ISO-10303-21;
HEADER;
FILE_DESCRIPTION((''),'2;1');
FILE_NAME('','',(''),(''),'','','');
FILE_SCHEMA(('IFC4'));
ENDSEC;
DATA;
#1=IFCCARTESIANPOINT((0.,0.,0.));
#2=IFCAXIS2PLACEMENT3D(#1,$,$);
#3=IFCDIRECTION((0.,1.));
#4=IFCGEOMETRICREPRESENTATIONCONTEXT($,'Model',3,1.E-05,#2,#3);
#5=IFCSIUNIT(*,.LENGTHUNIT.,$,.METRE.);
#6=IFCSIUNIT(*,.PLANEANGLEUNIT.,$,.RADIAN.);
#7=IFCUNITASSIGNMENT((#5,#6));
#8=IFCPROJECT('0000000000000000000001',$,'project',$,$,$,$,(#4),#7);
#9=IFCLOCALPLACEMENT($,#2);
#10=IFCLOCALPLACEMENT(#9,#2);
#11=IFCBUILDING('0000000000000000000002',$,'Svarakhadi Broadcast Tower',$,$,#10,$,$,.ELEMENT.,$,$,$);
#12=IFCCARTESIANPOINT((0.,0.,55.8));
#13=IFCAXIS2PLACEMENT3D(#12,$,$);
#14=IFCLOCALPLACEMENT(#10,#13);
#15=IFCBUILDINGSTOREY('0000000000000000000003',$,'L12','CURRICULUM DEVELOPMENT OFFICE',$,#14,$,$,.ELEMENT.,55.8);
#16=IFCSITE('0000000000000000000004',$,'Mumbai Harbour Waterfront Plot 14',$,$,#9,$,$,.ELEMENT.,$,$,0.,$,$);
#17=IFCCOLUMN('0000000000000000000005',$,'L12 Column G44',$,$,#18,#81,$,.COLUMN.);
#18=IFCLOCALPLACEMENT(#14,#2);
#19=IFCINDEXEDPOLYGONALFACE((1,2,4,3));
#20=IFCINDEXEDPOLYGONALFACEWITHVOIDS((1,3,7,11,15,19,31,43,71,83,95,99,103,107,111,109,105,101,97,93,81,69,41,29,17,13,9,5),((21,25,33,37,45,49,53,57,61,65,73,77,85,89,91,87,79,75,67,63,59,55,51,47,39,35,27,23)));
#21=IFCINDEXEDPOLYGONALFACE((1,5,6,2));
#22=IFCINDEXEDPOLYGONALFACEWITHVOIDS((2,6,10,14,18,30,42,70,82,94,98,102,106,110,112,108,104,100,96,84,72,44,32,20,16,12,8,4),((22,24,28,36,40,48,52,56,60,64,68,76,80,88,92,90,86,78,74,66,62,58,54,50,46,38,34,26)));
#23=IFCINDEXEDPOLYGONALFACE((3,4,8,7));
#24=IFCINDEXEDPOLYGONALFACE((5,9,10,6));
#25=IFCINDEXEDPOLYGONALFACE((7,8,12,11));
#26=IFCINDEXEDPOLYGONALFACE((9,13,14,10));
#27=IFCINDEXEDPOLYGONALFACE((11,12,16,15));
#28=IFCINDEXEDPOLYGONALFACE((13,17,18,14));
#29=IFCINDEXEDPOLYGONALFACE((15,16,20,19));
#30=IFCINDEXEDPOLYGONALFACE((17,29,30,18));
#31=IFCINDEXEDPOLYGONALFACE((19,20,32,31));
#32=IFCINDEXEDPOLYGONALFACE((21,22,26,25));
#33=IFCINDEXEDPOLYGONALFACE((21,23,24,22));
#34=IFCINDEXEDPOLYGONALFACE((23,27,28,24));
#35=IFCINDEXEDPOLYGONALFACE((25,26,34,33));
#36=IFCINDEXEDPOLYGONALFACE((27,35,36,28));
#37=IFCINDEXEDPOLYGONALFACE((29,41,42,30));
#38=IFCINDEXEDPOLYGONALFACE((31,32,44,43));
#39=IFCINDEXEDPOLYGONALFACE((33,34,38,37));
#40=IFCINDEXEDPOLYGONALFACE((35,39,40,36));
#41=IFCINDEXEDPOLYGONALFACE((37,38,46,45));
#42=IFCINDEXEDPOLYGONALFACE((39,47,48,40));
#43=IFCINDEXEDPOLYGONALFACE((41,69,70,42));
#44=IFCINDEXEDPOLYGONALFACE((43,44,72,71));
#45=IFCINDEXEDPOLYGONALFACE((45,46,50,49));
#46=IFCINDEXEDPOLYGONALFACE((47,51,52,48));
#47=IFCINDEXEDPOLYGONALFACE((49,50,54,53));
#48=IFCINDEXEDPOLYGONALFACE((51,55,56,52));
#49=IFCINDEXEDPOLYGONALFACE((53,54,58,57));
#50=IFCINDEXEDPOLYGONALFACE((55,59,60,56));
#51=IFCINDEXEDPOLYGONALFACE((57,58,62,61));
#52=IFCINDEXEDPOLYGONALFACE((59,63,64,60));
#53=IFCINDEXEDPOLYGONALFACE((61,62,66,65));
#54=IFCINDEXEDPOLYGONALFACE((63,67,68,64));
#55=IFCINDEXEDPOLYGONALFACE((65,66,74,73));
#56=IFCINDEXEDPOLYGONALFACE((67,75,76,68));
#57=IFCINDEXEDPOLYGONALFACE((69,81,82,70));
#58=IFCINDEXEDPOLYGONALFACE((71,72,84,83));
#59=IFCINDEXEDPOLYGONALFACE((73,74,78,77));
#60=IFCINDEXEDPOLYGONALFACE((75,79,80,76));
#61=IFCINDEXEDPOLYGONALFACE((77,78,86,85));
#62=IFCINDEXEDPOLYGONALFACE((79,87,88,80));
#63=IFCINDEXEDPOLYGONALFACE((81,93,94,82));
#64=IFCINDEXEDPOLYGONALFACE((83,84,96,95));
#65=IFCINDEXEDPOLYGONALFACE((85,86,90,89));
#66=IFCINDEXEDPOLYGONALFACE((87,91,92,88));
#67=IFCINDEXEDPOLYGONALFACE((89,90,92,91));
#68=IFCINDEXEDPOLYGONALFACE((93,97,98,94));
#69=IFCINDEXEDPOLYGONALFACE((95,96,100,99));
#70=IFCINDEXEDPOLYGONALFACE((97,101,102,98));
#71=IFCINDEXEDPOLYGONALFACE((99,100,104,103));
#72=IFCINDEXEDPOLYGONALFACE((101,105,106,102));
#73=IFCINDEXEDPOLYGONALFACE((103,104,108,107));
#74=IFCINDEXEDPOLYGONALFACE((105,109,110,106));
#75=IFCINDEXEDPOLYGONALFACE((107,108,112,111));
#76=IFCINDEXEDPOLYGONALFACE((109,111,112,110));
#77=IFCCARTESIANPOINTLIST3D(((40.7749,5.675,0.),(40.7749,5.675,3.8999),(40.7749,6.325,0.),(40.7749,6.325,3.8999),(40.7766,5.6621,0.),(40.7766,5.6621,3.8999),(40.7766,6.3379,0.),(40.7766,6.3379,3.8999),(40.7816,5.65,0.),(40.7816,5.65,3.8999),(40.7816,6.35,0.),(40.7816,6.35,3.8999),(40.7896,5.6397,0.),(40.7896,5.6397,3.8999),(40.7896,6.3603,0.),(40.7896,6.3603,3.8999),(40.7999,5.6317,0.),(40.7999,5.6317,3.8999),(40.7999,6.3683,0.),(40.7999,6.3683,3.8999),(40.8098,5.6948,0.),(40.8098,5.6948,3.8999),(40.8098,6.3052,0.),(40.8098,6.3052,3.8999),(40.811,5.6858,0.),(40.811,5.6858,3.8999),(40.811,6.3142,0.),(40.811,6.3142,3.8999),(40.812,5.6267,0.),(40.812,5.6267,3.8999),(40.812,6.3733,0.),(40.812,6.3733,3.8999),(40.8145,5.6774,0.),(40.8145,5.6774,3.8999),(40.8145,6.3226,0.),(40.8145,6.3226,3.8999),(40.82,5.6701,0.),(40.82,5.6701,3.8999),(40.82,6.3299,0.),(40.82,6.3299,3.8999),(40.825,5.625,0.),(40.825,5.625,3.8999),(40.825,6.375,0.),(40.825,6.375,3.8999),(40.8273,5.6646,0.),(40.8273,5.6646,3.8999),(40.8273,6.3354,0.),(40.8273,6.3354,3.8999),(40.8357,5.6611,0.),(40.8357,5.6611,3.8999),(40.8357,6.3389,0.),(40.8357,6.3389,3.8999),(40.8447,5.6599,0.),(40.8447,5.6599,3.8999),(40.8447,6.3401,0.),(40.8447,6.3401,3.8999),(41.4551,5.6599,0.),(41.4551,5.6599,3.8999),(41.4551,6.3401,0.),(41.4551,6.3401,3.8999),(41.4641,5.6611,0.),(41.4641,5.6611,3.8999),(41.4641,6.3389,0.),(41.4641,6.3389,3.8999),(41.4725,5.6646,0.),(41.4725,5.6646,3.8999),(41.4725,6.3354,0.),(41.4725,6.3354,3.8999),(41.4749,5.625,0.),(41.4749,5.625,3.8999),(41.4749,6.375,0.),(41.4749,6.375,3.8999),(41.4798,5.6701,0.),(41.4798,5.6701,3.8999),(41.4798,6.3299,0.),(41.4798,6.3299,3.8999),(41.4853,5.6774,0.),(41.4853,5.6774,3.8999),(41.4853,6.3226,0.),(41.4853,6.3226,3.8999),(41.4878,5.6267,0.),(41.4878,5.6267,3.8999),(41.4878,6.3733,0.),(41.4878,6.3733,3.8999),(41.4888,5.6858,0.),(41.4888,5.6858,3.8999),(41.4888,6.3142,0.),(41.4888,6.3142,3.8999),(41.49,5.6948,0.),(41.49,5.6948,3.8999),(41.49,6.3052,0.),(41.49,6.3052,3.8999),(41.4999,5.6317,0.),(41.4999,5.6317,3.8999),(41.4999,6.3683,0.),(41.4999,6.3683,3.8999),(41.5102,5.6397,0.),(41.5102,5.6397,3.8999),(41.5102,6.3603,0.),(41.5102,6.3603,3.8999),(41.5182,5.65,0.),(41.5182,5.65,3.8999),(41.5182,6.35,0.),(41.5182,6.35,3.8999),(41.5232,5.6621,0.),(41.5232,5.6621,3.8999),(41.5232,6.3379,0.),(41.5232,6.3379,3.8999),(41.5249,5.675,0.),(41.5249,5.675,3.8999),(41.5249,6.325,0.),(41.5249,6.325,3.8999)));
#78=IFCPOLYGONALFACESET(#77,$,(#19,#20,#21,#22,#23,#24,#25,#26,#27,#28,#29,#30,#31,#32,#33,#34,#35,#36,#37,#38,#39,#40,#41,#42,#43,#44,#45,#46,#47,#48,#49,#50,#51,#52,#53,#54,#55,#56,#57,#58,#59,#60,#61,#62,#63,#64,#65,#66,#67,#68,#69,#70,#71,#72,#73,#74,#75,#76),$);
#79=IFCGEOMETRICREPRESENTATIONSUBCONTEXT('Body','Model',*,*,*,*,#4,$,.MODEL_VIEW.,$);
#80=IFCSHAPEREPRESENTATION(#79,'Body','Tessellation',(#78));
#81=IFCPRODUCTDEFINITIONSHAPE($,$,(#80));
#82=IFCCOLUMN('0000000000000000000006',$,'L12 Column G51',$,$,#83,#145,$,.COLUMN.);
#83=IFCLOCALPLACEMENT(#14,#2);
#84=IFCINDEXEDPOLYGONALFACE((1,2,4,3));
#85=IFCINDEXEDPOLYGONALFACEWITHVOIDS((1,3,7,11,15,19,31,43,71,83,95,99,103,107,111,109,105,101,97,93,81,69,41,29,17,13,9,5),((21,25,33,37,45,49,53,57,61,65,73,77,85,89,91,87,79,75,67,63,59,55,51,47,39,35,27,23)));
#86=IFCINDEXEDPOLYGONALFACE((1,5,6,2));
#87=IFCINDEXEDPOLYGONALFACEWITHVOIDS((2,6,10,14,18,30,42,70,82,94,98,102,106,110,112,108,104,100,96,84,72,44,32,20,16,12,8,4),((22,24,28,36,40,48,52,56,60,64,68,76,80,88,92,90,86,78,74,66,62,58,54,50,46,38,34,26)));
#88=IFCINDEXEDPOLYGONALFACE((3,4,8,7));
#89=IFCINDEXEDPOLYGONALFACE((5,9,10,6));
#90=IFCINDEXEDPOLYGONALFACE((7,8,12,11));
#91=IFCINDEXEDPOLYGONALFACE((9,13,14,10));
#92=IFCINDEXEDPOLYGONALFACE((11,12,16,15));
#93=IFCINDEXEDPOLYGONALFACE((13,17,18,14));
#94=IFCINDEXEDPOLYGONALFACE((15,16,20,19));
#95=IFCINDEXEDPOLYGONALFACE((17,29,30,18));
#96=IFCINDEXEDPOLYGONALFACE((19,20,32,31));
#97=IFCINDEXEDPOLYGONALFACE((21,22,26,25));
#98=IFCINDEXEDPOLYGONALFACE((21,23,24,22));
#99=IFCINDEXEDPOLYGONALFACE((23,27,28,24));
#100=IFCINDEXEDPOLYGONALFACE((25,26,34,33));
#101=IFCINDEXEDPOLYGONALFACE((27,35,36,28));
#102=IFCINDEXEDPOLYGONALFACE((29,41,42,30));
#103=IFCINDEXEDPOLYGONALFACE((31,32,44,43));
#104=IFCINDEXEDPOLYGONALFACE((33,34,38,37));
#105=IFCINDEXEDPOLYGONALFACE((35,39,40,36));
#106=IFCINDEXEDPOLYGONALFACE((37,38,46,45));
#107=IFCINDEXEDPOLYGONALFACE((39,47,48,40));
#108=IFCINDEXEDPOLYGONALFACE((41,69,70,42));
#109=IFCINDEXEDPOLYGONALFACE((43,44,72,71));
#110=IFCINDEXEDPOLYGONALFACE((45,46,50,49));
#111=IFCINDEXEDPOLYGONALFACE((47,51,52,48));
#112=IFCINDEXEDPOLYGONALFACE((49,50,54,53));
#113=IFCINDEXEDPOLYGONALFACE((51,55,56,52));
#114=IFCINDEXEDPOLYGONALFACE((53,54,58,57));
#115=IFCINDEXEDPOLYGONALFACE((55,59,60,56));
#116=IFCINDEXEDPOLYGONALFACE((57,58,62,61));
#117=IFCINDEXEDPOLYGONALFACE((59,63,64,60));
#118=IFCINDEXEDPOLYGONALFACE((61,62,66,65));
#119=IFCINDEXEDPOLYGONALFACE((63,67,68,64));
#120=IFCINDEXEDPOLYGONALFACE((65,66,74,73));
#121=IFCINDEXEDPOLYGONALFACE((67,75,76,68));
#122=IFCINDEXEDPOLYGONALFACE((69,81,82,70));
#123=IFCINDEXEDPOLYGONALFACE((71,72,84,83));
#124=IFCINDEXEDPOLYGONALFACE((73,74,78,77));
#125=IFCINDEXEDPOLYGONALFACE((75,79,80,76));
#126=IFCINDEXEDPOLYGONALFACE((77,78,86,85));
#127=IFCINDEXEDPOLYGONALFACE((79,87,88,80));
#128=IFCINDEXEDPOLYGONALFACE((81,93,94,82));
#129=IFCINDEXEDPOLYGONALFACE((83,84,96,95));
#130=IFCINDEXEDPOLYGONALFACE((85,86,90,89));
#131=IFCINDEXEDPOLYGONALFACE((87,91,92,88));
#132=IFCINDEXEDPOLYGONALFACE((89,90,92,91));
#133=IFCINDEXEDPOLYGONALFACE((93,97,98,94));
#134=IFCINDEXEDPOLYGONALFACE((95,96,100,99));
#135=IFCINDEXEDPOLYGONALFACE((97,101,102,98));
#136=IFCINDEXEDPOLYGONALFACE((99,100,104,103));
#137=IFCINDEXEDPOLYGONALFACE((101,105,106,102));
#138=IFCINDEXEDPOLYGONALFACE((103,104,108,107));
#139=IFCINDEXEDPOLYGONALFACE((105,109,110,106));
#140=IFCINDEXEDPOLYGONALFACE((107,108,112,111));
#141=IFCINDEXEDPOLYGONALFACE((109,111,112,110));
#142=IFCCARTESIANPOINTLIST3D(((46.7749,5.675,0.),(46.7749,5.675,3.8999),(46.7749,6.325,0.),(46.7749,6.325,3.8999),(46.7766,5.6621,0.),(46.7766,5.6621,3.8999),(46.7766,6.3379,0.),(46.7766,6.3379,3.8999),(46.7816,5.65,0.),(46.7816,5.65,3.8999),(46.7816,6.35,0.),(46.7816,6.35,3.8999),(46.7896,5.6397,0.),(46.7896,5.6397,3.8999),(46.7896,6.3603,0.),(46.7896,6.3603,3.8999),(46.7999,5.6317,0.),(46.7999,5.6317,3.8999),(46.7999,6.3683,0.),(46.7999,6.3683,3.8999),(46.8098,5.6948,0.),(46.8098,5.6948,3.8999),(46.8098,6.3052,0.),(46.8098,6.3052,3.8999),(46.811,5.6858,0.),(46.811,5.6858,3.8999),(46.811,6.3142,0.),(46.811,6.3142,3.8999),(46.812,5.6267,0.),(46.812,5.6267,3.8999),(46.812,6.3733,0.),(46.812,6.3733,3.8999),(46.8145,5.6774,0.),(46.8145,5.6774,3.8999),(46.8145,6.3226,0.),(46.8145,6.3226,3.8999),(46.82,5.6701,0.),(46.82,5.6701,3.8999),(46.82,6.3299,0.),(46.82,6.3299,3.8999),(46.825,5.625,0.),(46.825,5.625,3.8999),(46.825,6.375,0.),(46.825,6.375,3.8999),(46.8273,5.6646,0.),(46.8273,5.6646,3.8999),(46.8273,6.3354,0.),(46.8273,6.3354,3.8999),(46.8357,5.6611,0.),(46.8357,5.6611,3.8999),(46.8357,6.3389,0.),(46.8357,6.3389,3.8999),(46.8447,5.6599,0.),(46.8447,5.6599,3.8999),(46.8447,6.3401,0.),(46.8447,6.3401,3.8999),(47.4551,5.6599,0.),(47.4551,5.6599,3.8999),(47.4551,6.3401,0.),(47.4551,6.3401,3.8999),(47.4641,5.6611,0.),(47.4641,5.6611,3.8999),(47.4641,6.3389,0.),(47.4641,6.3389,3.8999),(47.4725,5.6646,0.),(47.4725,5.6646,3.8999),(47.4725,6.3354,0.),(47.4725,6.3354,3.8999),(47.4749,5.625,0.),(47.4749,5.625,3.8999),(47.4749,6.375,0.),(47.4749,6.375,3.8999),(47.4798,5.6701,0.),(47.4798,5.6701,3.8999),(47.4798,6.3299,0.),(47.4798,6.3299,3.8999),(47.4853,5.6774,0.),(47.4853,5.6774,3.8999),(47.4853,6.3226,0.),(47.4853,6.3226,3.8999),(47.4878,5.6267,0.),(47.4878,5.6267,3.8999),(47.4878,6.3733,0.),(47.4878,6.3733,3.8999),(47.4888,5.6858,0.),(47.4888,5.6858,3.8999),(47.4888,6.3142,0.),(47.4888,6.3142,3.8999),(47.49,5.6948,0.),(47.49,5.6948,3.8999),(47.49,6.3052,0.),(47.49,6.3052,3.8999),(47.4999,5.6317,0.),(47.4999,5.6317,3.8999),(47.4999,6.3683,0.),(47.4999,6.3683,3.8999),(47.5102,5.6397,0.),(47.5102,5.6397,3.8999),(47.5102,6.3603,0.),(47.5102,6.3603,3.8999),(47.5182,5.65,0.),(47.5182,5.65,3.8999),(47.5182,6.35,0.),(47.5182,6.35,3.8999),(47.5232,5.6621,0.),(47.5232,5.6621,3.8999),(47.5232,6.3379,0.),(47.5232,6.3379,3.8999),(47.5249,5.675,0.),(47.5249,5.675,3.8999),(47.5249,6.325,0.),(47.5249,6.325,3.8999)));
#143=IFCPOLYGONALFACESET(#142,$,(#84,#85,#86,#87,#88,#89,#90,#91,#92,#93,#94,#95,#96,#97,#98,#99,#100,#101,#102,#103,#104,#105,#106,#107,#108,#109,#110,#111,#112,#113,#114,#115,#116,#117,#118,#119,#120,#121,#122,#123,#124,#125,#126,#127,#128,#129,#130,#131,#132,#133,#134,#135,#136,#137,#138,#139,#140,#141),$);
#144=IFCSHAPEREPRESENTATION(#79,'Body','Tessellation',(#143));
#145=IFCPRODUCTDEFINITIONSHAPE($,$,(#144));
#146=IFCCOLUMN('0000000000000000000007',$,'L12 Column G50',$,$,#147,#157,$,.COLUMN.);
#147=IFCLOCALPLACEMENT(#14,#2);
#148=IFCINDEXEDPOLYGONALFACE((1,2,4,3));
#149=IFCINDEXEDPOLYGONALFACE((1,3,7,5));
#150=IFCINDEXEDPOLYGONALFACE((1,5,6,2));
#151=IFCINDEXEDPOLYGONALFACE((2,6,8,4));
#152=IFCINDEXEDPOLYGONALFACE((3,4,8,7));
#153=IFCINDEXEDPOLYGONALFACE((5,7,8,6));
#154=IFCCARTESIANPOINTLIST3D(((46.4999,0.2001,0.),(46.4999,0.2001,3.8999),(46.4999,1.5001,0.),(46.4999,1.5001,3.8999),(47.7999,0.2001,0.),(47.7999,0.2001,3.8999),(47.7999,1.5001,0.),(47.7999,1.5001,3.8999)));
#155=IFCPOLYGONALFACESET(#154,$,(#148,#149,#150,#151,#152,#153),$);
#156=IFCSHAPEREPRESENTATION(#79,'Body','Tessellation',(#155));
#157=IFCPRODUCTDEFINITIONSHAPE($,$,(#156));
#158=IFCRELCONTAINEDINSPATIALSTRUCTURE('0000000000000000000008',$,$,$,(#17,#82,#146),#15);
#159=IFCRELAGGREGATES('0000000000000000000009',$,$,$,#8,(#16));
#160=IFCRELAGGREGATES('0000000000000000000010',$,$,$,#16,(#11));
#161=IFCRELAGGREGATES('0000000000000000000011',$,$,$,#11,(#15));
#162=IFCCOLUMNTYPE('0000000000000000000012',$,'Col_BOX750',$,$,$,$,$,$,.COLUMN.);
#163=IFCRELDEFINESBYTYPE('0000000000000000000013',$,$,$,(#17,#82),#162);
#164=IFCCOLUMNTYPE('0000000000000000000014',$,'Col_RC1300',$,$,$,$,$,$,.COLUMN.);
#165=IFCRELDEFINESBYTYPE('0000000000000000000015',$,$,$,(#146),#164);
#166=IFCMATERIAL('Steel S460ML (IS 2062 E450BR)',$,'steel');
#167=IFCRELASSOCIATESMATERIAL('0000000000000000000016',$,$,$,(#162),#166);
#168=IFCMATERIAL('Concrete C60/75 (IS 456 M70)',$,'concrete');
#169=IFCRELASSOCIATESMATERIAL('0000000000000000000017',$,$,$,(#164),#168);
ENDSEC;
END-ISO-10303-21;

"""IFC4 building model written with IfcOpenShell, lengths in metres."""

from ifc_helpers import new_model, si_unit, direction, frame, origin, origin_2d, place, context, subcontext, project, spatial, rectangle, hollow_rectangle, extrude, material, material_profile, profile_set, type_object, element, save


model = new_model("IFC4")

# Units and contexts
model_context = context("Model", 3, precision=1e-05, world=origin(), true_north=direction((0.0, 1.0)))
body_context = subcontext(model_context, "Body", "Model", "MODEL_VIEW")
ifc_project = project(units=[si_unit("LENGTHUNIT", "METRE"), si_unit("PLANEANGLEUNIT", "RADIAN")], contexts=[model_context])

# Site, building, storey
site_placement = place(None, origin())
site = spatial("IfcSite", under=ifc_project, at=site_placement, Name="Mumbai Harbour Waterfront Plot 14", CompositionType="ELEMENT", RefElevation=0.0)
building_placement = place(site_placement, origin())
building = spatial("IfcBuilding", under=site, at=building_placement, Name="Svarakhadi Broadcast Tower", CompositionType="ELEMENT")
storey_placement = place(building_placement, frame((0.0, 0.0, 55.8)))
storey = spatial("IfcBuildingStorey", under=building, at=storey_placement, Name="L12", Description="CURRICULUM DEVELOPMENT OFFICE", CompositionType="ELEMENT", Elevation=55.8)

# Columns
ifc_material_1 = material(Name="Steel S460ML (IS 2062 E450BR)", Category="steel")
ifc_material_profile_1 = material_profile(ifc_material_1, hollow_rectangle(XDim=0.75, YDim=0.75, WallThickness=0.0349, InnerFilletRadius=0.0349, OuterFilletRadius=0.05, at=origin_2d()), Name="BOX 750x750x35")
ifc_profile_set_1 = profile_set([ifc_material_profile_1], Name="Steel S460ML (IS 2062 E450BR)")
column_type_1 = type_object("IfcColumnType", Name="Col_BOX750", PredefinedType="COLUMN", material=ifc_profile_set_1)
for number, where, z_axis, x_axis, name in (
    (1, (41.1499, 6.0, 0.0), (0.0, 0.0, 1.0), (1.0, 0.0, 0.0), "L12 Column G44"),
    (2, (47.1499, 6.0, 0.0), (0.0, 0.0, 1.0), (1.0, 0.0, 0.0), "L12 Column G51"),
):
    element("IfcColumn", number, at=place(storey_placement, frame(where, z_axis=z_axis, x_axis=x_axis)), inside=storey, type_object=column_type_1, Name=name, PredefinedType="COLUMN", context=body_context, shape_type="SweptSolid", body=[
        extrude(hollow_rectangle(XDim=0.75, YDim=0.75, WallThickness=0.0349, InnerFilletRadius=0.0349, OuterFilletRadius=0.05, at=origin_2d()), origin(), (0.0, 0.0, 1.0), 3.8999),
    ])
ifc_material_2 = material(Name="Concrete C60/75 (IS 456 M70)", Category="concrete")
ifc_material_profile_2 = material_profile(ifc_material_2, rectangle(XDim=1.3, YDim=1.3, at=origin_2d()), Name="RC 1300x1300")
ifc_profile_set_2 = profile_set([ifc_material_profile_2], Name="Concrete C60/75 (IS 456 M70)")
column_type_2 = type_object("IfcColumnType", Name="Col_RC1300", PredefinedType="COLUMN", material=ifc_profile_set_2)
column_1_placement = place(storey_placement, frame((47.1499, 0.8501, 0.0), z_axis=(0.0, 0.0, 1.0), x_axis=(1.0, 0.0, 0.0)))
element("IfcColumn", 3, at=column_1_placement, inside=storey, type_object=column_type_2, Name="L12 Column G50", PredefinedType="COLUMN", context=body_context, shape_type="SweptSolid", body=[
    extrude(rectangle(XDim=1.3, YDim=1.3, at=origin_2d()), origin(), (0.0, 0.0, 1.0), 3.8999),
])

save(model, "model.ifc")
